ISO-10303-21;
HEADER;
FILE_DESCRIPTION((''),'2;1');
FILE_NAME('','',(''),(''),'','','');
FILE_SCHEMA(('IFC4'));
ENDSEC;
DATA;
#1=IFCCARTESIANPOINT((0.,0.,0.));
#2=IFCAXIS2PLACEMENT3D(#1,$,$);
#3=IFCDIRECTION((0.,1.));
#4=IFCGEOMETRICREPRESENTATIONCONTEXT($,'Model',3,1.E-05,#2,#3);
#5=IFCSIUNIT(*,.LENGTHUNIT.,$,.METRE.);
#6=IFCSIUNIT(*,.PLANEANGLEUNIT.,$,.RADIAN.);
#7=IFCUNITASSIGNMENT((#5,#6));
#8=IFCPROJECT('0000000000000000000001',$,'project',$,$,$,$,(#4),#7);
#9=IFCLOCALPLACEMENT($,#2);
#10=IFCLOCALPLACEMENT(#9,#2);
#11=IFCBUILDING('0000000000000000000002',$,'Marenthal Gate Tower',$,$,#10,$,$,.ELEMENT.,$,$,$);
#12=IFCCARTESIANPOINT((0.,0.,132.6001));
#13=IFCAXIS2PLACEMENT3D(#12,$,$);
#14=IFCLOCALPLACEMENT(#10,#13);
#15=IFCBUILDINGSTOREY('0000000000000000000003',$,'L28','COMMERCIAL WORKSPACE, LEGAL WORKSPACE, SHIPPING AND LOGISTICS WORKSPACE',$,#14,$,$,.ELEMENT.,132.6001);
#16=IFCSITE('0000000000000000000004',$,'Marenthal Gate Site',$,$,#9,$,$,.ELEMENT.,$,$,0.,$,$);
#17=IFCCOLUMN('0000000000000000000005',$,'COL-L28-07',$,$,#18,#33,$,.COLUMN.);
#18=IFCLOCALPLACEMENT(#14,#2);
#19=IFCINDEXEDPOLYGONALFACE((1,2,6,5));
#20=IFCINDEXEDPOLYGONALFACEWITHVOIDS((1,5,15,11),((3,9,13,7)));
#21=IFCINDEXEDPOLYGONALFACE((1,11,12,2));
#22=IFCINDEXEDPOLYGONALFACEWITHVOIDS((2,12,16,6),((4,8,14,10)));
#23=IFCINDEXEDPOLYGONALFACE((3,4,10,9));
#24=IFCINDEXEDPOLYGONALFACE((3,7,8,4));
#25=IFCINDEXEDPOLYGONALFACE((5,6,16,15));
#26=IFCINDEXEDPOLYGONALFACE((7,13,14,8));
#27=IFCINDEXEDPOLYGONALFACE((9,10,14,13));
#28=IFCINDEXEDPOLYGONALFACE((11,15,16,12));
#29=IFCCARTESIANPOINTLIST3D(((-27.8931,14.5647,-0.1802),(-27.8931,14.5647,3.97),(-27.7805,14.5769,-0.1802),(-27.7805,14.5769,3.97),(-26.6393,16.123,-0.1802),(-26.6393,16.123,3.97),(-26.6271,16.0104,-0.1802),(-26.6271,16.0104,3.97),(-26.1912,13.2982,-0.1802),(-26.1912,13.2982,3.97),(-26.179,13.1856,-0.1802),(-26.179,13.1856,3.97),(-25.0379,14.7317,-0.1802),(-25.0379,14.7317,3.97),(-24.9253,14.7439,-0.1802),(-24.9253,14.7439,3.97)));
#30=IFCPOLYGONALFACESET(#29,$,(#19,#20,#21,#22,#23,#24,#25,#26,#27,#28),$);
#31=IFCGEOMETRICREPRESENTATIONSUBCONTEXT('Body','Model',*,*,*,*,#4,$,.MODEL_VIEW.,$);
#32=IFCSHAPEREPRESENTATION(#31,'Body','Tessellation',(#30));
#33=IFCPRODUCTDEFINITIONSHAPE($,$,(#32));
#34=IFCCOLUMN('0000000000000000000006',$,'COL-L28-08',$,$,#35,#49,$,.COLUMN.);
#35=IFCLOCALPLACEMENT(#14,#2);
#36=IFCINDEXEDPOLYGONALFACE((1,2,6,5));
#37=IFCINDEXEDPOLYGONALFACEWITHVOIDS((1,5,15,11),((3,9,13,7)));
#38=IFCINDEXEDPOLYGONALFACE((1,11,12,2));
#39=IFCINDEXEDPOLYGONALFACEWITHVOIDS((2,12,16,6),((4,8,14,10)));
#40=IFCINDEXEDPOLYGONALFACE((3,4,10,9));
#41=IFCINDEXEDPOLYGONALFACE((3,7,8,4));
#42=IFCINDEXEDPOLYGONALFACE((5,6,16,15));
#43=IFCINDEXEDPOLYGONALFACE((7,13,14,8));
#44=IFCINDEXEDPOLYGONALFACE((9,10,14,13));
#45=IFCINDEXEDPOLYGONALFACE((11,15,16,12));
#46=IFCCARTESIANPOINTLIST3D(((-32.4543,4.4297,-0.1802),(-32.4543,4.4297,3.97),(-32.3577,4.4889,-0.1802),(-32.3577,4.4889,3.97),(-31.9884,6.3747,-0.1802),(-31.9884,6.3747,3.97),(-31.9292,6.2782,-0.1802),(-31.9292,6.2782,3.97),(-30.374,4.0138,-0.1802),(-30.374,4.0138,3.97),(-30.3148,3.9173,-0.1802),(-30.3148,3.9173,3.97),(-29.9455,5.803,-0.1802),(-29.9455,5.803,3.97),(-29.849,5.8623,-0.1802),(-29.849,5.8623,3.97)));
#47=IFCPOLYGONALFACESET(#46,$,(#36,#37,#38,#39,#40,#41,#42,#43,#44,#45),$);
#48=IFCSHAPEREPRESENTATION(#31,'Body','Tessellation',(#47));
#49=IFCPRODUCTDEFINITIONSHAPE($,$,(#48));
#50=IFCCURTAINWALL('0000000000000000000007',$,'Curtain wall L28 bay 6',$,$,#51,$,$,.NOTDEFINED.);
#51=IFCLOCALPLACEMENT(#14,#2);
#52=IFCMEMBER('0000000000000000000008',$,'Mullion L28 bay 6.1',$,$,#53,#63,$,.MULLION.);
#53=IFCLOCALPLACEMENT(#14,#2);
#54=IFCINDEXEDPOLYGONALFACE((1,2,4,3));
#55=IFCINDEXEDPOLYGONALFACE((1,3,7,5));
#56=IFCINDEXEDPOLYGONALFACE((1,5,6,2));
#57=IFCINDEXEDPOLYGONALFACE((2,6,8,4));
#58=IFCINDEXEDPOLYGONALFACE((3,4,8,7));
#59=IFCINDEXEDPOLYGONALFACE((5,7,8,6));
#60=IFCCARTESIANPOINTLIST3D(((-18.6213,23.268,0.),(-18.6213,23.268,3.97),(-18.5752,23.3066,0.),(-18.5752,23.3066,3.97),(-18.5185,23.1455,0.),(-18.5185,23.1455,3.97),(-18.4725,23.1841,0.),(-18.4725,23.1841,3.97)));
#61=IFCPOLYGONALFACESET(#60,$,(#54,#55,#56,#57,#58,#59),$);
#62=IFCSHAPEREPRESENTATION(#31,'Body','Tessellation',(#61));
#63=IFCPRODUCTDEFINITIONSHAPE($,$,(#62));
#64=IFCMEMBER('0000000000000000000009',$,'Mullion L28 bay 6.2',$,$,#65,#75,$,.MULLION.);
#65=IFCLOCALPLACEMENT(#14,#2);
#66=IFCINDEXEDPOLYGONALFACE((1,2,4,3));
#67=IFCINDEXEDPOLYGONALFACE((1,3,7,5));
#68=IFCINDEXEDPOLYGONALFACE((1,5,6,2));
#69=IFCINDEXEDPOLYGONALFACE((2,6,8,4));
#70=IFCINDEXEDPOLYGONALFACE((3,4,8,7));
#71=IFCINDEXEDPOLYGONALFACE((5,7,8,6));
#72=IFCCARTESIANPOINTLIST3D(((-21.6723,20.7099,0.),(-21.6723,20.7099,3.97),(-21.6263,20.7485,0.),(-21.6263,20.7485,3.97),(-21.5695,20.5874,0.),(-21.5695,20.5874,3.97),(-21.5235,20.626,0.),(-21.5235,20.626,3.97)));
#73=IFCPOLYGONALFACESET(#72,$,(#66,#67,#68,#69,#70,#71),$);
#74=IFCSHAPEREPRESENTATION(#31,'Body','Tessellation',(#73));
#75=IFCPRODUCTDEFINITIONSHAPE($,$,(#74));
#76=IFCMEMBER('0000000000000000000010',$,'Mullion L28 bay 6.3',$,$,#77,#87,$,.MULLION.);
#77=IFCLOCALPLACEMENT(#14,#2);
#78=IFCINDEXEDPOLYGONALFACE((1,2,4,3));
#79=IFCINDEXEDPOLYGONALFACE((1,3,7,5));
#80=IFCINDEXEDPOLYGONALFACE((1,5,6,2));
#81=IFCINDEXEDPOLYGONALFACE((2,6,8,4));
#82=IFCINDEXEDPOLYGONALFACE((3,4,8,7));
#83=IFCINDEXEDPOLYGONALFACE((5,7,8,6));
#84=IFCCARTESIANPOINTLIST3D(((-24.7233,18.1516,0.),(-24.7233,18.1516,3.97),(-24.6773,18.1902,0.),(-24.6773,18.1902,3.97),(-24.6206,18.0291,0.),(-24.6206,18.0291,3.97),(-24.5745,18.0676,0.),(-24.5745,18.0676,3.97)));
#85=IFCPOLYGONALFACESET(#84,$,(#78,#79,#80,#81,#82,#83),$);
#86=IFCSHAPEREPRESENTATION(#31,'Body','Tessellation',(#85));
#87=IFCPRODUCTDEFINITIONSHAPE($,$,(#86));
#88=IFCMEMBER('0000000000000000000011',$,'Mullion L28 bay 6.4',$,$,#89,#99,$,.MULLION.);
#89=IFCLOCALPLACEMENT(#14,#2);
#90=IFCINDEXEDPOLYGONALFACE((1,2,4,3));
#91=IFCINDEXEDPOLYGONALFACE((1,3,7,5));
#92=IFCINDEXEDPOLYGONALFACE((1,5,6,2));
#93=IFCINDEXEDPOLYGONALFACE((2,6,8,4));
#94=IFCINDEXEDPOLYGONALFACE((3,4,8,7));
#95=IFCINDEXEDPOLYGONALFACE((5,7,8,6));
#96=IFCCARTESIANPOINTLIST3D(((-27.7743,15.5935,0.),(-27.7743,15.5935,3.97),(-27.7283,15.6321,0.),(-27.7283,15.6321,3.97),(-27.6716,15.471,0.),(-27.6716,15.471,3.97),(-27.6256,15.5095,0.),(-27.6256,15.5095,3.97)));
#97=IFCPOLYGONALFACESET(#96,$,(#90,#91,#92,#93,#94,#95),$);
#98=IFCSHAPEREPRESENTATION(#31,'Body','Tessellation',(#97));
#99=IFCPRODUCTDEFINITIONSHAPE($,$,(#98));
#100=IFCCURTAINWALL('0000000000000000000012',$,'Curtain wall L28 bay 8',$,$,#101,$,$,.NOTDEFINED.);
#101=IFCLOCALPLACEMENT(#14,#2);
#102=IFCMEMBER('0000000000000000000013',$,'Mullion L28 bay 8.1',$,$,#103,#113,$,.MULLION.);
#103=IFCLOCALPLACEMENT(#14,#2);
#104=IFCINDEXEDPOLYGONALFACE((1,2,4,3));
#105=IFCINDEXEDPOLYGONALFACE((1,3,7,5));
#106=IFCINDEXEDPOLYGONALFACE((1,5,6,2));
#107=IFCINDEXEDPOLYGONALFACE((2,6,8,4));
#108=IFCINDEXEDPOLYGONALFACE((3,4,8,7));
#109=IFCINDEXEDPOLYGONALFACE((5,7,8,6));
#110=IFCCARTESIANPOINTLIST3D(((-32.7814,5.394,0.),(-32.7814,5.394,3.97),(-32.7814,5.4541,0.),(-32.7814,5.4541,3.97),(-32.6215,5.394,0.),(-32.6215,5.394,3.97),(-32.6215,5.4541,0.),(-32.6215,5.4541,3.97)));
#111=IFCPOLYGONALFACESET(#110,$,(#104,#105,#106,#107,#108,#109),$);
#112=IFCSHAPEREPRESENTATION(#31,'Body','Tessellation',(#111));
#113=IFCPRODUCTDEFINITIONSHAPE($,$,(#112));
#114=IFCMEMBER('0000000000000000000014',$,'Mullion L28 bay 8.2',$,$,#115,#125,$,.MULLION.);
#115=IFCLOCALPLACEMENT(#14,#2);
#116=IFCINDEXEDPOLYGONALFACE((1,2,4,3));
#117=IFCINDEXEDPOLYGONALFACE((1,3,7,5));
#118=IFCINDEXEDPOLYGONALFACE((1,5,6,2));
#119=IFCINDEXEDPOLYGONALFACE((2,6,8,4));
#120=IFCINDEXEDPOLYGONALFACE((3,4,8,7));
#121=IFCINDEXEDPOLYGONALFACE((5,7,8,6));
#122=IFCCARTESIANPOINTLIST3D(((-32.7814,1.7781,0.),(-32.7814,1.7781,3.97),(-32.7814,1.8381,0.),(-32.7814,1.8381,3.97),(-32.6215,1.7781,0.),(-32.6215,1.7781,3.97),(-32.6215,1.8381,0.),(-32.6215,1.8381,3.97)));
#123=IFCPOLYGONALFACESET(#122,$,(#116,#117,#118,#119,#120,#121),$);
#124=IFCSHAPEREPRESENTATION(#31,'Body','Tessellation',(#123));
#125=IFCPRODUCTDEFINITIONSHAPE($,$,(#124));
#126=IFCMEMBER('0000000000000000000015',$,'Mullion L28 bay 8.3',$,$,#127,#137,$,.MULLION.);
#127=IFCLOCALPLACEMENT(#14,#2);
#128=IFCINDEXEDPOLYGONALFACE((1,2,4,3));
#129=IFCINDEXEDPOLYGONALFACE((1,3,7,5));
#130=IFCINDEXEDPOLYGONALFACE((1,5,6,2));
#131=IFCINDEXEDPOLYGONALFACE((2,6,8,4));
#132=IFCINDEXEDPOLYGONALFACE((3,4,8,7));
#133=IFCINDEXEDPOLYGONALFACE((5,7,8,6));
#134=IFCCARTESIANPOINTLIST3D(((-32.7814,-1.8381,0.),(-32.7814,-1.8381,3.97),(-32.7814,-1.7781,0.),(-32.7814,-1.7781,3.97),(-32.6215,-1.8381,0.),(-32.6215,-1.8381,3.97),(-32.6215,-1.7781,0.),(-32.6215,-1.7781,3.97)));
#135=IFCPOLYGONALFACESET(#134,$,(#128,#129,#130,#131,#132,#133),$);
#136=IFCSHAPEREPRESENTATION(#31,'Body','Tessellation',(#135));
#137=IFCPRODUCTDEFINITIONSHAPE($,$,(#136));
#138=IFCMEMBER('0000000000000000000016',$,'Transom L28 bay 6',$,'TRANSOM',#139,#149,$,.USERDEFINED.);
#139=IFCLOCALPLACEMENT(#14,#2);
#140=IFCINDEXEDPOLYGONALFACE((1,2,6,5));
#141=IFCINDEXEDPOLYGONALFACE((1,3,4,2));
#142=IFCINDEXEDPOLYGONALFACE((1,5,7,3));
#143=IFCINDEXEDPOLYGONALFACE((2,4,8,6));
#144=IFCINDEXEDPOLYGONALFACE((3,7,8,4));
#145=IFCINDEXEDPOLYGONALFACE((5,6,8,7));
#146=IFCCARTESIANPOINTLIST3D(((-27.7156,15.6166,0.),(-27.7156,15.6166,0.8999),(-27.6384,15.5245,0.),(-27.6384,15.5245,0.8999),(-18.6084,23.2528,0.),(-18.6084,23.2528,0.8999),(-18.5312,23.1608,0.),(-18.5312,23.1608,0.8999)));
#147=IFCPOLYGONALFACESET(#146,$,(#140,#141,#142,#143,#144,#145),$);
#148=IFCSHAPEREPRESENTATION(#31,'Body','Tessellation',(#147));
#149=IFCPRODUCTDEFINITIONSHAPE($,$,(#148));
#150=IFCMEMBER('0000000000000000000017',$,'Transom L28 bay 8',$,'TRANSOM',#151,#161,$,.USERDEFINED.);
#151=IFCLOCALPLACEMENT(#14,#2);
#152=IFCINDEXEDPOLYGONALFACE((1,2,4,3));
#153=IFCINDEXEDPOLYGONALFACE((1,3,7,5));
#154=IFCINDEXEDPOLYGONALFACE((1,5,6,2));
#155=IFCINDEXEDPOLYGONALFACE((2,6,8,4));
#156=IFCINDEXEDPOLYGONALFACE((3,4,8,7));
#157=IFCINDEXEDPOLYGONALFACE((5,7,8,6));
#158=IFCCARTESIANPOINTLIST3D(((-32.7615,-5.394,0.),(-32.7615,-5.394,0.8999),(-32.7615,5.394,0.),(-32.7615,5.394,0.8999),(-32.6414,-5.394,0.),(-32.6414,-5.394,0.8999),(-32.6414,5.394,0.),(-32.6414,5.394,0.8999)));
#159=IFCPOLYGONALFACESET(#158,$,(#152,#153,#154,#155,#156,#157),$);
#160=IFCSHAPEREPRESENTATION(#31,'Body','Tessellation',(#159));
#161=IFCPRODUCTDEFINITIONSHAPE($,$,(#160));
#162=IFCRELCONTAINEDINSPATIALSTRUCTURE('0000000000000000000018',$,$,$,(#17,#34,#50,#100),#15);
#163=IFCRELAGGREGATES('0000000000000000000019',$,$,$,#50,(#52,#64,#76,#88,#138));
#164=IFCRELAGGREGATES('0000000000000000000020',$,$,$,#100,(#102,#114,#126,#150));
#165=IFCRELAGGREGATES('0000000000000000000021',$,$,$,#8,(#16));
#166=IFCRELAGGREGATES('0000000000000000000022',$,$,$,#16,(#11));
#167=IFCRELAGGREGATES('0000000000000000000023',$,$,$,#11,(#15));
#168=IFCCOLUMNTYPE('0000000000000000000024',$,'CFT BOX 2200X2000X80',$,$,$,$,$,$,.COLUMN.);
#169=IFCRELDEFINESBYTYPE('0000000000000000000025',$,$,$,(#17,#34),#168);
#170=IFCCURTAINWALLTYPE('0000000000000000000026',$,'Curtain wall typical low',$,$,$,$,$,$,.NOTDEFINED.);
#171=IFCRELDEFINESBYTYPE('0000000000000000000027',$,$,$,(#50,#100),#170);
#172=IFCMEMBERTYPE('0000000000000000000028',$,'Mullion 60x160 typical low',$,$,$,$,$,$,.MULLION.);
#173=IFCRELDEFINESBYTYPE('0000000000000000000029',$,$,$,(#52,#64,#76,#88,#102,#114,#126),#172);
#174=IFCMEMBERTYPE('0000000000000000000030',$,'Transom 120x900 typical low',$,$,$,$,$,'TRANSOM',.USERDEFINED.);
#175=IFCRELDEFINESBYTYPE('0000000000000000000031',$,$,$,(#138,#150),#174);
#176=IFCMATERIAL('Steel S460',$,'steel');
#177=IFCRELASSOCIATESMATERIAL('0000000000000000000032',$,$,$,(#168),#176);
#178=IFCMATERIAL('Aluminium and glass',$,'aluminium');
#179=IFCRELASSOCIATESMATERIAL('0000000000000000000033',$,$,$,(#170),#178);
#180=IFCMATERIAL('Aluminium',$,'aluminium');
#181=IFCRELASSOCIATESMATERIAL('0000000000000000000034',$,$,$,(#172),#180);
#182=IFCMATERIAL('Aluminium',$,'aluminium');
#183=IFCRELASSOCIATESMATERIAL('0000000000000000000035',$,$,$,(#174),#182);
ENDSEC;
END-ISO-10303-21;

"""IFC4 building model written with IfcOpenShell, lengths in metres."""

from ifc_helpers import new_model, si_unit, direction, frame, origin, origin_2d, place, context, subcontext, project, spatial, rectangle, hollow_rectangle, extrude, material, material_profile, profile_set, type_object, element, aggregate, save


model = new_model("IFC4")

# Units and contexts
model_context = context("Model", 3, precision=1e-05, world=origin(), true_north=direction((0.0, 1.0)))
body_context = subcontext(model_context, "Body", "Model", "MODEL_VIEW")
ifc_project = project(units=[si_unit("LENGTHUNIT", "METRE"), si_unit("PLANEANGLEUNIT", "RADIAN")], contexts=[model_context])

# Site, building, storey
site_placement = place(None, origin())
site = spatial("IfcSite", under=ifc_project, at=site_placement, Name="Marenthal Gate Site", CompositionType="ELEMENT", RefElevation=0.0)
building_placement = place(site_placement, origin())
building = spatial("IfcBuilding", under=site, at=building_placement, Name="Marenthal Gate Tower", CompositionType="ELEMENT")
storey_placement = place(building_placement, frame((0.0, 0.0, 132.6001)))
storey = spatial("IfcBuildingStorey", under=building, at=storey_placement, Name="L28", Description="COMMERCIAL WORKSPACE, LEGAL WORKSPACE, SHIPPING AND LOGISTICS WORKSPACE", CompositionType="ELEMENT", Elevation=132.6001)

# Columns
ifc_material_1 = material(Name="Steel S460", Category="steel")
ifc_material_profile_1 = material_profile(ifc_material_1, hollow_rectangle(XDim=2.0, YDim=2.2, WallThickness=0.0801, at=origin_2d()), Name="CFT BOX 2200X2000X80")
ifc_material_2 = material(Name="Concrete 70 MPa", Category="concrete")
ifc_material_profile_2 = material_profile(ifc_material_2, rectangle(XDim=1.8401, YDim=2.04, at=origin_2d()), Name="CFT BOX 2200X2000X80 INFILL")
ifc_profile_set_1 = profile_set([ifc_material_profile_1, ifc_material_profile_2], Name="Steel S460 shell, Concrete 70 MPa infill")
column_type = type_object("IfcColumnType", Name="CFT BOX 2200X2000X80", PredefinedType="COLUMN", material=ifc_profile_set_1)
for number, where, z_axis, x_axis, name in (
    (1, (-26.4092, 14.6543, -0.1802), (0.0, 0.0, 1.0), (0.626873, 0.779121, 0.0), "COL-L28-07"),
    (2, (-31.1516, 5.146, -0.1802), (0.0, 0.0, 1.0), (0.232933, 0.972493, 0.0), "COL-L28-08"),
):
    element("IfcColumn", number, at=place(storey_placement, frame(where, z_axis=z_axis, x_axis=x_axis)), inside=storey, type_object=column_type, Name=name, PredefinedType="COLUMN", context=body_context, shape_type="SweptSolid", body=[
        extrude(hollow_rectangle(XDim=2.0, YDim=2.2, WallThickness=0.0801, at=origin_2d()), origin(), (0.0, 0.0, 1.0), 4.1501),
    ])

# Curtain walls, members
ifc_material_3 = material(Name="Aluminium and glass", Category="aluminium")
curtain_wall_type = type_object("IfcCurtainWallType", Name="Curtain wall typical low", PredefinedType="NOTDEFINED", material=ifc_material_3)
curtain_wall_1_placement = place(storey_placement, origin())
curtain_wall_1 = element("IfcCurtainWall", 3, at=curtain_wall_1_placement, inside=storey, type_object=curtain_wall_type, Name="Curtain wall L28 bay 6", PredefinedType="NOTDEFINED")
ifc_material_4 = material(Name="Aluminium", Category="aluminium")
ifc_material_profile_3 = material_profile(ifc_material_4, rectangle(XDim=0.1599, YDim=0.0601, at=origin_2d()), Name="60x160 aluminium mullion")
ifc_profile_set_2 = profile_set([ifc_material_profile_3], Name="Aluminium")
member_type_1 = type_object("IfcMemberType", Name="Mullion 60x160 typical low", PredefinedType="MULLION", material=ifc_profile_set_2)
member_1_placement = place(storey_placement, frame((-18.5469, 23.2261, 0.0), z_axis=(0.0, 0.0, 1.0), x_axis=(0.642511, -0.766277, 0.0)))
member_1 = element("IfcMember", 4, at=member_1_placement, type_object=member_type_1, Name="Mullion L28 bay 6.1", PredefinedType="MULLION", context=body_context, shape_type="SweptSolid", body=[
    extrude(rectangle(XDim=0.1599, YDim=0.0601, at=origin_2d()), origin(), (0.0, 0.0, 1.0), 3.97),
])
member_2_placement = place(storey_placement, frame((-21.5979, 20.668, 0.0), z_axis=(0.0, 0.0, 1.0), x_axis=(0.642511, -0.766277, 0.0)))
member_2 = element("IfcMember", 5, at=member_2_placement, type_object=member_type_1, Name="Mullion L28 bay 6.2", PredefinedType="MULLION", context=body_context, shape_type="SweptSolid", body=[
    extrude(rectangle(XDim=0.1599, YDim=0.0601, at=origin_2d()), origin(), (0.0, 0.0, 1.0), 3.97),
])
member_3_placement = place(storey_placement, frame((-24.6489, 18.1096, 0.0), z_axis=(0.0, 0.0, 1.0), x_axis=(0.642511, -0.766277, 0.0)))
member_3 = element("IfcMember", 6, at=member_3_placement, type_object=member_type_1, Name="Mullion L28 bay 6.3", PredefinedType="MULLION", context=body_context, shape_type="SweptSolid", body=[
    extrude(rectangle(XDim=0.1599, YDim=0.0601, at=origin_2d()), origin(), (0.0, 0.0, 1.0), 3.97),
])
member_4_placement = place(storey_placement, frame((-27.7, 15.5515, 0.0), z_axis=(0.0, 0.0, 1.0), x_axis=(0.642511, -0.766277, 0.0)))
member_4 = element("IfcMember", 7, at=member_4_placement, type_object=member_type_1, Name="Mullion L28 bay 6.4", PredefinedType="MULLION", context=body_context, shape_type="SweptSolid", body=[
    extrude(rectangle(XDim=0.1599, YDim=0.0601, at=origin_2d()), origin(), (0.0, 0.0, 1.0), 3.97),
])
curtain_wall_2_placement = place(storey_placement, origin())
curtain_wall_2 = element("IfcCurtainWall", 8, at=curtain_wall_2_placement, inside=storey, type_object=curtain_wall_type, Name="Curtain wall L28 bay 8", PredefinedType="NOTDEFINED")
member_5_placement = place(storey_placement, frame((-32.7014, 5.4241, 0.0), z_axis=(0.0, 0.0, 1.0), x_axis=(1.0, 0.0, 0.0)))
member_5 = element("IfcMember", 9, at=member_5_placement, type_object=member_type_1, Name="Mullion L28 bay 8.1", PredefinedType="MULLION", context=body_context, shape_type="SweptSolid", body=[
    extrude(rectangle(XDim=0.1599, YDim=0.0601, at=origin_2d()), origin(), (0.0, 0.0, 1.0), 3.97),
])
member_6_placement = place(storey_placement, frame((-32.7014, 1.8081, 0.0), z_axis=(0.0, 0.0, 1.0), x_axis=(1.0, 0.0, 0.0)))
member_6 = element("IfcMember", 10, at=member_6_placement, type_object=member_type_1, Name="Mullion L28 bay 8.2", PredefinedType="MULLION", context=body_context, shape_type="SweptSolid", body=[
    extrude(rectangle(XDim=0.1599, YDim=0.0601, at=origin_2d()), origin(), (0.0, 0.0, 1.0), 3.97),
])
member_7_placement = place(storey_placement, frame((-32.7014, -1.8081, 0.0), z_axis=(0.0, 0.0, 1.0), x_axis=(1.0, 0.0, 0.0)))
member_7 = element("IfcMember", 11, at=member_7_placement, type_object=member_type_1, Name="Mullion L28 bay 8.3", PredefinedType="MULLION", context=body_context, shape_type="SweptSolid", body=[
    extrude(rectangle(XDim=0.1599, YDim=0.0601, at=origin_2d()), origin(), (0.0, 0.0, 1.0), 3.97),
])

# Members
ifc_material_5 = material(Name="Aluminium", Category="aluminium")
ifc_material_profile_4 = material_profile(ifc_material_5, rectangle(XDim=0.1201, YDim=0.8999, at=origin_2d()), Name="120x900 aluminium transom")
ifc_profile_set_3 = profile_set([ifc_material_profile_4], Name="Aluminium")
member_type_2 = type_object("IfcMemberType", Name="Transom 120x900 typical low", ElementType="TRANSOM", PredefinedType="USERDEFINED", material=ifc_profile_set_3)
member_8_placement = place(storey_placement, frame((-18.5698, 23.2068, 0.45), z_axis=(-0.766276, -0.642511, 0.0), x_axis=(0.642511, -0.766276, 0.0)))
member_8 = element("IfcMember", 12, at=member_8_placement, type_object=member_type_2, Name="Transom L28 bay 6", ObjectType="TRANSOM", PredefinedType="USERDEFINED", context=body_context, shape_type="SweptSolid", body=[
    extrude(rectangle(XDim=0.1201, YDim=0.8999, at=origin_2d()), origin(), (0.0, 0.0, 1.0), 11.885),
])
member_9_placement = place(storey_placement, frame((-32.7014, 5.394, 0.45), z_axis=(0.0, -1.0, 0.0), x_axis=(1.0, 0.0, 0.0)))
member_9 = element("IfcMember", 13, at=member_9_placement, type_object=member_type_2, Name="Transom L28 bay 8", ObjectType="TRANSOM", PredefinedType="USERDEFINED", context=body_context, shape_type="SweptSolid", body=[
    extrude(rectangle(XDim=0.1201, YDim=0.8999, at=origin_2d()), origin(), (0.0, 0.0, 1.0), 10.7881),
])

aggregate(curtain_wall_1, [member_1, member_2, member_3, member_4, member_8])
aggregate(curtain_wall_2, [member_5, member_6, member_7, member_9])

save(model, "model.ifc")
